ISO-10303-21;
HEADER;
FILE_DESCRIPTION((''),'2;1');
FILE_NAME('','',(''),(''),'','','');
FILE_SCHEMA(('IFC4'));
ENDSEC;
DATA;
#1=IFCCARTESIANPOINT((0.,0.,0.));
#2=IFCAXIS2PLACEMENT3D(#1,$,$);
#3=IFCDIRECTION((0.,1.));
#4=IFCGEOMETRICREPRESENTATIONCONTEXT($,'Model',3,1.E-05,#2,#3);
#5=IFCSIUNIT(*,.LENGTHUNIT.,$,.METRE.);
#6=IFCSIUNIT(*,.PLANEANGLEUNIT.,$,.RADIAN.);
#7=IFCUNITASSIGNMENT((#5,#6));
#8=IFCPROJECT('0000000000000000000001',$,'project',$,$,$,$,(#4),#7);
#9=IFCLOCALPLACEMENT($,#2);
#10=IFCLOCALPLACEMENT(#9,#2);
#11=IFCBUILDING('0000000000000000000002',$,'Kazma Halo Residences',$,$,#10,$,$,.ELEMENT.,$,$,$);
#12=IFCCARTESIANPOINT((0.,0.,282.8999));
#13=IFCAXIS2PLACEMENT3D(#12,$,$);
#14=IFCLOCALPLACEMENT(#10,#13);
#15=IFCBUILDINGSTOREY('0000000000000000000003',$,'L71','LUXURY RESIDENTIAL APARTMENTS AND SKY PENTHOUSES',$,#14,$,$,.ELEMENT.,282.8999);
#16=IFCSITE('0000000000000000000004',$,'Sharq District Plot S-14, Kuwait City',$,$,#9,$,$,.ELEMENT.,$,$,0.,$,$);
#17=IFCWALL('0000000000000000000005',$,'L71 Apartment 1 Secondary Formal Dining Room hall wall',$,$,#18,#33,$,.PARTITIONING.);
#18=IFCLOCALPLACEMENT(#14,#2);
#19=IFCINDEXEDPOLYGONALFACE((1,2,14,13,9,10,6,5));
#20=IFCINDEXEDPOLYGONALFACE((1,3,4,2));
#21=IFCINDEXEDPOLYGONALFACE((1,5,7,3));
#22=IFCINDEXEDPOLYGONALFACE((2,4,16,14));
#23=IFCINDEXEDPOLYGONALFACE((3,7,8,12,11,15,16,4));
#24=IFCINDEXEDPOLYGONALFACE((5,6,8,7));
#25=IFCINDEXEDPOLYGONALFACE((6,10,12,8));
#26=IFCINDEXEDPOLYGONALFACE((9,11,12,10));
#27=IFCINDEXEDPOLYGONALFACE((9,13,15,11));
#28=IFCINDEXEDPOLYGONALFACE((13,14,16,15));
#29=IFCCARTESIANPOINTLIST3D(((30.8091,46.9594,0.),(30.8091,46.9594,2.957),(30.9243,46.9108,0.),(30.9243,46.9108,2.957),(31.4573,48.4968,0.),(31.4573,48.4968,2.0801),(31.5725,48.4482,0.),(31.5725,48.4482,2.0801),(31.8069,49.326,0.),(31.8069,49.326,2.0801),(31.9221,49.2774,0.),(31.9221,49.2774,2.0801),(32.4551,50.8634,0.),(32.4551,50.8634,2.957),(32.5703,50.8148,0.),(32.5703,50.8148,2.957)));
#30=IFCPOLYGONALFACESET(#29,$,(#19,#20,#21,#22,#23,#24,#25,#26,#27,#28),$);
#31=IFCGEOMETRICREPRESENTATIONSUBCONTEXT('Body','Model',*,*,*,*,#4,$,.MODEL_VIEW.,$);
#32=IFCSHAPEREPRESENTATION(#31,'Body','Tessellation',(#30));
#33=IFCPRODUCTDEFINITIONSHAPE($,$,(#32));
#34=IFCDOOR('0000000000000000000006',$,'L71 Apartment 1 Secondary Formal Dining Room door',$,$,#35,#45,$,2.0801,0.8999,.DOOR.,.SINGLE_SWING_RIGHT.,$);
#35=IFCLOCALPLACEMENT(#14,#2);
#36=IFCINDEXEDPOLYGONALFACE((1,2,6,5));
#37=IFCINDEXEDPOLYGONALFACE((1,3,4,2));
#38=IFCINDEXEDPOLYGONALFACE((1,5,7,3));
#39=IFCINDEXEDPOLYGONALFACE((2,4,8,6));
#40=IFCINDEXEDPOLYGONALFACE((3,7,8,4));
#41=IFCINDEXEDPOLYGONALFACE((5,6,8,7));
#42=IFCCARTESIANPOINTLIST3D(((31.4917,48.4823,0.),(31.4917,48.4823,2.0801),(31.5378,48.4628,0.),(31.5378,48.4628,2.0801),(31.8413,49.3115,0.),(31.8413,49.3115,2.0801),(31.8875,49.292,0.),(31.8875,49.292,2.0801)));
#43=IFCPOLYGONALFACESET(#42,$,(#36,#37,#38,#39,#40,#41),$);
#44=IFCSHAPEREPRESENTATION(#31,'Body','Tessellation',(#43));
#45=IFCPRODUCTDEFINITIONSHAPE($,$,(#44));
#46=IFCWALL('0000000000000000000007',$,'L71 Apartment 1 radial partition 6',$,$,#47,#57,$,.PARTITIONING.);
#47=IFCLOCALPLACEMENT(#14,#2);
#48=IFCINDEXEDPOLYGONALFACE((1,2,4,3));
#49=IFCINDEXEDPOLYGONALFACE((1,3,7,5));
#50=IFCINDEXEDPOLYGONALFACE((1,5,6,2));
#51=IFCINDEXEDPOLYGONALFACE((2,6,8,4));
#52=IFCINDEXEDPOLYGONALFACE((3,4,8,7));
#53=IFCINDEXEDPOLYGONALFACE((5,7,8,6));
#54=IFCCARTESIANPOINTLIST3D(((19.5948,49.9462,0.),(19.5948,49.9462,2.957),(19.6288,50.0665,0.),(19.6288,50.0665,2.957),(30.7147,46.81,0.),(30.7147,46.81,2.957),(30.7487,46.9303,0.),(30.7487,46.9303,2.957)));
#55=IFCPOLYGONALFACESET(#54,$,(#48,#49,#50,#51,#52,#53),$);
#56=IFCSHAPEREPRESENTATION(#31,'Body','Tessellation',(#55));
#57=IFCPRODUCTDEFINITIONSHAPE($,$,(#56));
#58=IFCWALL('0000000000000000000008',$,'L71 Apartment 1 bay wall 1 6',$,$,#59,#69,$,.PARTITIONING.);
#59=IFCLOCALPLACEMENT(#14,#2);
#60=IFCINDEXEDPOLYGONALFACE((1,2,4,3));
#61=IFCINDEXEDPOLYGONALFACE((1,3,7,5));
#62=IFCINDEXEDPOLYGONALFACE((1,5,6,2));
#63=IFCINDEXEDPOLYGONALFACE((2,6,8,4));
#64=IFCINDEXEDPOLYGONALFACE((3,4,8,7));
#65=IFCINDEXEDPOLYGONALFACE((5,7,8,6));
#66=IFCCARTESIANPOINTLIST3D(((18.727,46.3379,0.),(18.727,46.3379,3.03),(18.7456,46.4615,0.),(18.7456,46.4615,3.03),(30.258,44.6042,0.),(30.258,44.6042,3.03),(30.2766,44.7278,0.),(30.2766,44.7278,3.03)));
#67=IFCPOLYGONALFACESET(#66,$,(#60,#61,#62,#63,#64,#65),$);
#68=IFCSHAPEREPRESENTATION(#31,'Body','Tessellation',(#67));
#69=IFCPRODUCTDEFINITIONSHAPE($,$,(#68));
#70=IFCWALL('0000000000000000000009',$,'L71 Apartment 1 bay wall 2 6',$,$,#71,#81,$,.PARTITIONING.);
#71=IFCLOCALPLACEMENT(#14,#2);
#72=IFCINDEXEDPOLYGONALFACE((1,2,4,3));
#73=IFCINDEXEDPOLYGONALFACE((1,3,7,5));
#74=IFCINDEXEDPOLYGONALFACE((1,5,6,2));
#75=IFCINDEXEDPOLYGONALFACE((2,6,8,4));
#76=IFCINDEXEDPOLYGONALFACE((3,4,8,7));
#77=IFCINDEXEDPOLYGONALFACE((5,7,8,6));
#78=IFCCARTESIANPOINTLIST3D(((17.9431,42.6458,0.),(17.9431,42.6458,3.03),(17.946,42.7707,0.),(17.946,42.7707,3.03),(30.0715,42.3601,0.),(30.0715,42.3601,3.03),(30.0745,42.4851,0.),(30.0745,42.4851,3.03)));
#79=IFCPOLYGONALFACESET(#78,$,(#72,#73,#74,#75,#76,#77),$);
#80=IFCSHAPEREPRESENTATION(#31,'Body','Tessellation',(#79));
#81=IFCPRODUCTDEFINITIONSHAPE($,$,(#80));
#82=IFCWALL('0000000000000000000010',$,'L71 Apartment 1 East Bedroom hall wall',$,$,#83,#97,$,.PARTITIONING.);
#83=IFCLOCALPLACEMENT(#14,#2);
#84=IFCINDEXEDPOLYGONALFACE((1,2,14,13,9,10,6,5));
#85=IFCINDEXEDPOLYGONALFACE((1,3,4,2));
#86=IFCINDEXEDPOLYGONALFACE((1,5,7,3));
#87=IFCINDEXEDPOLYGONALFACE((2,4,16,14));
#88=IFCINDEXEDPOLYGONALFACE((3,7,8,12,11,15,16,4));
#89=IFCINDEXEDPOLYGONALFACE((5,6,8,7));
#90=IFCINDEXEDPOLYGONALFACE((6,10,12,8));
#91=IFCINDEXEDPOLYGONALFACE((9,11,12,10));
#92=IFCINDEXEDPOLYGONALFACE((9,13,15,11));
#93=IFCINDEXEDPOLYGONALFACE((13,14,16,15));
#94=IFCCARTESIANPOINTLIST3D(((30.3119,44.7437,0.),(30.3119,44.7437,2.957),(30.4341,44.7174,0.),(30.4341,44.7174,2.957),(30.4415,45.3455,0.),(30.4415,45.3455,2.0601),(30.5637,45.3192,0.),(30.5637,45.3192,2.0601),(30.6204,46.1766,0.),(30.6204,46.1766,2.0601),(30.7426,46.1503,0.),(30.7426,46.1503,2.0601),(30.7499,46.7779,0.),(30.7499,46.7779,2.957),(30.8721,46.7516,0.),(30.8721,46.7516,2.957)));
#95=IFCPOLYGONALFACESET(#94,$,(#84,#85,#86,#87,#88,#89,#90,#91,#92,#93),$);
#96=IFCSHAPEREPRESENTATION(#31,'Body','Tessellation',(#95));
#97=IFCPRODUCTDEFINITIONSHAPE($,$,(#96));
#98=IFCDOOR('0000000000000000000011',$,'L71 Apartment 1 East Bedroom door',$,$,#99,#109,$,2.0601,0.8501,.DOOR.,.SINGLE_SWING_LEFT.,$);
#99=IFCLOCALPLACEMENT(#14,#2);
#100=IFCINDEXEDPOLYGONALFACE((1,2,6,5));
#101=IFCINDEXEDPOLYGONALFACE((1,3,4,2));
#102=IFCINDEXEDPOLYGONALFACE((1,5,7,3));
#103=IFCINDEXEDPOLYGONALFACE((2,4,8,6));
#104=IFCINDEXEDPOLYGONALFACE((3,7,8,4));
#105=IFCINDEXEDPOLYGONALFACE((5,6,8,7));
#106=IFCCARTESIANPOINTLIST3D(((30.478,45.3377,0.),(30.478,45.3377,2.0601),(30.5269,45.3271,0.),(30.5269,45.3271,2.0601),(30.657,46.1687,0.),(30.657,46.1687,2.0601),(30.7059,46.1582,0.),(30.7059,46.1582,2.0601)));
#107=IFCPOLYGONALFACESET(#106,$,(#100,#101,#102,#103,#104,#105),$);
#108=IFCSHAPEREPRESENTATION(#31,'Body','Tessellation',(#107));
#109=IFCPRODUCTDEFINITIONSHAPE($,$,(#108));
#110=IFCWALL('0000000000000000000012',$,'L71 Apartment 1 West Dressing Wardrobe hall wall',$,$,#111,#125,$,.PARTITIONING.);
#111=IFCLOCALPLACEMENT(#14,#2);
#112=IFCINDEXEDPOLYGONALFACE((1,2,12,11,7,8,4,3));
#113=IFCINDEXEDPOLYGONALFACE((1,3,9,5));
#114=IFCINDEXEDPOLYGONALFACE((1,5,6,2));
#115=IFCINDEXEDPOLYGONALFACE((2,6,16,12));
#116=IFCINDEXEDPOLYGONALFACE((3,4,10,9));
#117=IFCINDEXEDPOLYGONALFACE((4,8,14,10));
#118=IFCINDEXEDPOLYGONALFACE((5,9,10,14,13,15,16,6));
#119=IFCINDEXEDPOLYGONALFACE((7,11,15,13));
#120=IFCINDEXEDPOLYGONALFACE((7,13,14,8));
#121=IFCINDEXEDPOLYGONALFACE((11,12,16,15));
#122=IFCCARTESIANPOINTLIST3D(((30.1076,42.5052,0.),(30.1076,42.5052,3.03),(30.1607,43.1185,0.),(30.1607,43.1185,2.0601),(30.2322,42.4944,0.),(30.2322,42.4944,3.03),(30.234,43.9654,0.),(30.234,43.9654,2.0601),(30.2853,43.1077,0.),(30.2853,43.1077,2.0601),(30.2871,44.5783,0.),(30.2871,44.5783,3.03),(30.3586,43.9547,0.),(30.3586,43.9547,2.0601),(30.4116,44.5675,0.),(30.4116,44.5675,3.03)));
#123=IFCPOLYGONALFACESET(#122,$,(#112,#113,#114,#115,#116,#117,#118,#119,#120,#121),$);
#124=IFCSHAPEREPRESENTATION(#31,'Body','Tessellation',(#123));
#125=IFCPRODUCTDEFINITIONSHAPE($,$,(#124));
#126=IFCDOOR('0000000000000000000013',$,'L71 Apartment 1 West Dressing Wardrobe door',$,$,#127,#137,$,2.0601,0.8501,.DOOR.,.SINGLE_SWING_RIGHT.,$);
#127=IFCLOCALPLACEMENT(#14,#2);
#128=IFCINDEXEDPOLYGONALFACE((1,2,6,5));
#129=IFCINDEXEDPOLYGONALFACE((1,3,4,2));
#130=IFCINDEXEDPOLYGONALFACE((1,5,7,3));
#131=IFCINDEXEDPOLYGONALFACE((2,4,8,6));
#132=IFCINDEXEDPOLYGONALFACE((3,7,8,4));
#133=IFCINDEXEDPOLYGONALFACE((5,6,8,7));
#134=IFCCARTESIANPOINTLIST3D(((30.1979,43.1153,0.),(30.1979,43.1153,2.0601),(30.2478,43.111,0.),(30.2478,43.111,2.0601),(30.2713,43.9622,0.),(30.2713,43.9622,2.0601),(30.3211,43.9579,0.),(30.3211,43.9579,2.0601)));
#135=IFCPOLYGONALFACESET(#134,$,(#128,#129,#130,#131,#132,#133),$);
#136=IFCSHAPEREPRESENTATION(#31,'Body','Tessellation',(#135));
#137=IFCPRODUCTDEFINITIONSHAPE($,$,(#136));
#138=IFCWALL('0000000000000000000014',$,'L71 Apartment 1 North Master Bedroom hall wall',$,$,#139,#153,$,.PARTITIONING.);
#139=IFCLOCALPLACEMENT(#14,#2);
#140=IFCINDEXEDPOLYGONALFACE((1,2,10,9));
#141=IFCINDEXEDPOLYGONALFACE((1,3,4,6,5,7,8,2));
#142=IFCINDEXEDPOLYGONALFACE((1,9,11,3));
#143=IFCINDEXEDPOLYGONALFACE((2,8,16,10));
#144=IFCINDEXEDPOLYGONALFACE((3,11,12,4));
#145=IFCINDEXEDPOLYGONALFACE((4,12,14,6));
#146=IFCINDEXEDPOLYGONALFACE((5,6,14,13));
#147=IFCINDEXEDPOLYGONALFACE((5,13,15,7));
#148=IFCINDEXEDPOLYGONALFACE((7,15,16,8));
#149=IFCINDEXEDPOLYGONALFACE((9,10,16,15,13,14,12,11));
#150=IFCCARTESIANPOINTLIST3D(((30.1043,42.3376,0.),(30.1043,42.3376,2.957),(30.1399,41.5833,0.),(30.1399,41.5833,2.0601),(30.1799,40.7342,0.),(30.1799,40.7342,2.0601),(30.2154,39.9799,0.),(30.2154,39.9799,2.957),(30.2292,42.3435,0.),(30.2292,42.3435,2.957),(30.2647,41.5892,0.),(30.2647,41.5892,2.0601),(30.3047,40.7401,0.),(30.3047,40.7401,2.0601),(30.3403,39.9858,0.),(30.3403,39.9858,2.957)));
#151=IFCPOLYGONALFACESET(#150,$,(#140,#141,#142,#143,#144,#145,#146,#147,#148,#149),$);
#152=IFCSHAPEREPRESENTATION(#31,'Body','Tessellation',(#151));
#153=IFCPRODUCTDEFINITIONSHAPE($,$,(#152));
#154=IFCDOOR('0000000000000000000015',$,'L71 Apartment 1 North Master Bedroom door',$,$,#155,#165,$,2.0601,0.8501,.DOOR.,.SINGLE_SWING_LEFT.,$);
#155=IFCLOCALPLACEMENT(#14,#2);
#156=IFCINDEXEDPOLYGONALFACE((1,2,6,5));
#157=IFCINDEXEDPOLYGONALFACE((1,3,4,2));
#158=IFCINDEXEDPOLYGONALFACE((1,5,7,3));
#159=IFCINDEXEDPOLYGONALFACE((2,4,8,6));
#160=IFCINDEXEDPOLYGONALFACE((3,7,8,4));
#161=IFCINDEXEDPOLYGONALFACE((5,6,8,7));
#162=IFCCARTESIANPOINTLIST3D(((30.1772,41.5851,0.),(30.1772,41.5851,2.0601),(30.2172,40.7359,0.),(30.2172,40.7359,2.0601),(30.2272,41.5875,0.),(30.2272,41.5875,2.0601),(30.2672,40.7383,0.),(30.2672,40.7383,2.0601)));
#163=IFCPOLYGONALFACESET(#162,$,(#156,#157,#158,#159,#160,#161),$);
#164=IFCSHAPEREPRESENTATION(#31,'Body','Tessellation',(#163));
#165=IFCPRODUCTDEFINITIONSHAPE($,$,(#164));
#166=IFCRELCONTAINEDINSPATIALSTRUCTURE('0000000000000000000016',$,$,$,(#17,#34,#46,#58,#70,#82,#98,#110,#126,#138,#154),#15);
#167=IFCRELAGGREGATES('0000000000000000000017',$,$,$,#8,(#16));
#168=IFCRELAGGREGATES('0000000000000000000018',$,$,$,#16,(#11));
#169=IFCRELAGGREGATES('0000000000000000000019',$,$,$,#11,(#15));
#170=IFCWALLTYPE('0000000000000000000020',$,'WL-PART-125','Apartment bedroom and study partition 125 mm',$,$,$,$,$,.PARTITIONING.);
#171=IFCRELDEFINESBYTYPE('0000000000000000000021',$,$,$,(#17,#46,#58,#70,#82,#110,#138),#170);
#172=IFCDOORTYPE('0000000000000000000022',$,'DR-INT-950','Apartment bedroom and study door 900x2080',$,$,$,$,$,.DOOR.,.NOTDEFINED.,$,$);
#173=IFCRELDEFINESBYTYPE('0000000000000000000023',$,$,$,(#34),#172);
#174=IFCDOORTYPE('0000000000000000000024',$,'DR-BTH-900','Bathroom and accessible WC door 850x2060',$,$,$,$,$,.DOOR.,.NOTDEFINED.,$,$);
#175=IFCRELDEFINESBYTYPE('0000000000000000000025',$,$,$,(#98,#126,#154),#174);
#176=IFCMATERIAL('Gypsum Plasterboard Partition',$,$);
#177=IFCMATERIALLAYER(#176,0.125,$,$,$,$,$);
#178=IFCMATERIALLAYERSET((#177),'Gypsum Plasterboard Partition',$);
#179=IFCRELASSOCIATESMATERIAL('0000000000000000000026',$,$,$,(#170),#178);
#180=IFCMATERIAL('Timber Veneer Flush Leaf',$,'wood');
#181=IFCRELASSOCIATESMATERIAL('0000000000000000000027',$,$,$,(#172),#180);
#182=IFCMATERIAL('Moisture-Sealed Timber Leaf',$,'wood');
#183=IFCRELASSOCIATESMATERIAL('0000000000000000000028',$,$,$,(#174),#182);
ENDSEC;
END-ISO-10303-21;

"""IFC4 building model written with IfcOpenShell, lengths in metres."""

from ifc_helpers import new_model, si_unit, direction, frame, frame_2d, origin, place, context, subcontext, project, spatial, rectangle, extrude, material, layer, layer_set, type_object, element, fill, save


model = new_model("IFC4")

# Units and contexts
model_context = context("Model", 3, precision=1e-05, world=origin(), true_north=direction((0.0, 1.0)))
body_context = subcontext(model_context, "Body", "Model", "MODEL_VIEW")
ifc_project = project(units=[si_unit("LENGTHUNIT", "METRE"), si_unit("PLANEANGLEUNIT", "RADIAN")], contexts=[model_context])

# Site, building, storey
site_placement = place(None, origin())
site = spatial("IfcSite", under=ifc_project, at=site_placement, Name="Sharq District Plot S-14, Kuwait City", CompositionType="ELEMENT", RefElevation=0.0)
building_placement = place(site_placement, origin())
building = spatial("IfcBuilding", under=site, at=building_placement, Name="Kazma Halo Residences", CompositionType="ELEMENT")
storey_placement = place(building_placement, frame((0.0, 0.0, 282.8999)))
storey = spatial("IfcBuildingStorey", under=building, at=storey_placement, Name="L71", Description="LUXURY RESIDENTIAL APARTMENTS AND SKY PENTHOUSES", CompositionType="ELEMENT", Elevation=282.8999)

# Wall, opening, door
ifc_material_1 = material(Name="Gypsum Plasterboard Partition")
ifc_layer_1 = layer(ifc_material_1, 0.125)
ifc_layer_set_1 = layer_set([ifc_layer_1], Name="Gypsum Plasterboard Partition")
wall_type_1 = type_object("IfcWallType", Name="WL-PART-125", Description="Apartment bedroom and study partition 125 mm", PredefinedType="PARTITIONING", material=ifc_layer_set_1)
wall_1_placement = place(storey_placement, frame((32.5127, 50.8391, 0.0), z_axis=(0.0, 0.0, 1.0), x_axis=(-0.388495, -0.921451, 0.0)))
wall_1 = element("IfcWall", 1, at=wall_1_placement, inside=storey, type_object=wall_type_1, Name="L71 Apartment 1 Secondary Formal Dining Room hall wall", PredefinedType="PARTITIONING", context=body_context, shape_type="SweptSolid", body=[
    extrude(rectangle(XDim=4.2368, YDim=0.125, at=frame_2d((2.1184, 0.0))), origin(), (0.0, 0.0, 1.0), 2.957),
])
opening_1_placement = place(wall_1_placement, frame((1.6685, 0.0, 0.0)))
opening_1 = element("IfcOpeningElement", 2, at=opening_1_placement, cuts=wall_1, PredefinedType="OPENING", context=body_context, shape_type="SweptSolid", body=[
    extrude(rectangle(XDim=0.8999, YDim=2.0801, at=frame_2d((0.45, 1.04))), frame((0.0, 0.0725, 0.0), z_axis=(0.0, -1.0, 0.0), x_axis=(1.0, 0.0, 0.0)), (0.0, 0.0, 1.0), 0.145),
])
ifc_material_2 = material(Name="Timber Veneer Flush Leaf", Category="wood")
door_type_1 = type_object("IfcDoorType", Name="DR-INT-950", Description="Apartment bedroom and study door 900x2080", OperationType="NOTDEFINED", PredefinedType="DOOR", material=ifc_material_2)
door_1_placement = place(opening_1_placement, origin())
door_1 = element("IfcDoor", 3, at=door_1_placement, inside=storey, type_object=door_type_1, Name="L71 Apartment 1 Secondary Formal Dining Room door", OperationType="SINGLE_SWING_RIGHT", OverallHeight=2.0801, OverallWidth=0.8999, PredefinedType="DOOR", context=body_context, shape_type="SweptSolid", body=[
    extrude(rectangle(XDim=0.8999, YDim=2.0801, at=frame_2d((0.45, 1.04))), frame((0.0, 0.0249, 0.0), z_axis=(0.0, -1.0, 0.0), x_axis=(1.0, 0.0, 0.0)), (0.0, 0.0, 1.0), 0.05),
])
fill(opening_1, door_1)

# Walls
wall_2_placement = place(storey_placement, frame((30.7317, 46.8701, 0.0), z_axis=(0.0, 0.0, 1.0), x_axis=(-0.962453, 0.271449, 0.0)))
element("IfcWall", 4, at=wall_2_placement, inside=storey, type_object=wall_type_1, Name="L71 Apartment 1 radial partition 6", PredefinedType="PARTITIONING", context=body_context, shape_type="SweptSolid", body=[
    extrude(rectangle(XDim=11.5537, YDim=0.125, at=frame_2d((5.7769, 0.0))), origin(), (0.0, 0.0, 1.0), 2.957),
])
wall_3_placement = place(storey_placement, frame((30.2673, 44.666, 0.0), z_axis=(0.0, 0.0, 1.0), x_axis=(-0.988886, 0.148675, 0.0)))
element("IfcWall", 5, at=wall_3_placement, inside=storey, type_object=wall_type_1, Name="L71 Apartment 1 bay wall 1 6", PredefinedType="PARTITIONING", context=body_context, shape_type="SweptSolid", body=[
    extrude(rectangle(XDim=11.6606, YDim=0.125, at=frame_2d((5.8303, 0.0))), origin(), (0.0, 0.0, 1.0), 3.03),
])
wall_4_placement = place(storey_placement, frame((30.073, 42.4226, 0.0), z_axis=(0.0, 0.0, 1.0), x_axis=(-0.999723, 0.023545, 0.0)))
element("IfcWall", 6, at=wall_4_placement, inside=storey, type_object=wall_type_1, Name="L71 Apartment 1 bay wall 2 6", PredefinedType="PARTITIONING", context=body_context, shape_type="SweptSolid", body=[
    extrude(rectangle(XDim=12.1318, YDim=0.125, at=frame_2d((6.0659, 0.0))), origin(), (0.0, 0.0, 1.0), 3.03),
])

# Walls, openings, doors
wall_5_placement = place(storey_placement, frame((30.811, 46.7649, 0.0), z_axis=(0.0, 0.0, 1.0), x_axis=(-0.210491, -0.977596, 0.0)))
wall_5 = element("IfcWall", 7, at=wall_5_placement, inside=storey, type_object=wall_type_1, Name="L71 Apartment 1 East Bedroom hall wall", PredefinedType="PARTITIONING", context=body_context, shape_type="SweptSolid", body=[
    extrude(rectangle(XDim=2.0808, YDim=0.125, at=frame_2d((1.0405, 0.0))), origin(), (0.0, 0.0, 1.0), 2.957),
])
opening_2_placement = place(wall_5_placement, frame((0.6152, 0.0, 0.0)))
opening_2 = element("IfcOpeningElement", 8, at=opening_2_placement, cuts=wall_5, PredefinedType="OPENING", context=body_context, shape_type="SweptSolid", body=[
    extrude(rectangle(XDim=0.8501, YDim=2.0601, at=frame_2d((0.425, 1.03))), frame((0.0, 0.0725, 0.0), z_axis=(0.0, -1.0, 0.0), x_axis=(1.0, 0.0, 0.0)), (0.0, 0.0, 1.0), 0.145),
])
ifc_material_3 = material(Name="Moisture-Sealed Timber Leaf", Category="wood")
door_type_2 = type_object("IfcDoorType", Name="DR-BTH-900", Description="Bathroom and accessible WC door 850x2060", OperationType="NOTDEFINED", PredefinedType="DOOR", material=ifc_material_3)
door_2_placement = place(opening_2_placement, origin())
door_2 = element("IfcDoor", 9, at=door_2_placement, inside=storey, type_object=door_type_2, Name="L71 Apartment 1 East Bedroom door", OperationType="SINGLE_SWING_LEFT", OverallHeight=2.0601, OverallWidth=0.8501, PredefinedType="DOOR", context=body_context, shape_type="SweptSolid", body=[
    extrude(rectangle(XDim=0.8501, YDim=2.0601, at=frame_2d((0.425, 1.03))), frame((0.0, 0.0249, 0.0), z_axis=(0.0, -1.0, 0.0), x_axis=(1.0, 0.0, 0.0)), (0.0, 0.0, 1.0), 0.05),
])
fill(opening_2, door_2)
wall_6_placement = place(storey_placement, frame((30.3494, 44.573, 0.0), z_axis=(0.0, 0.0, 1.0), x_axis=(-0.08624, -0.996274, 0.0)))
wall_6 = element("IfcWall", 10, at=wall_6_placement, inside=storey, type_object=wall_type_1, Name="L71 Apartment 1 West Dressing Wardrobe hall wall", PredefinedType="PARTITIONING", context=body_context, shape_type="SweptSolid", body=[
    extrude(rectangle(XDim=2.0808, YDim=0.125, at=frame_2d((1.0405, 0.0))), origin(), (0.0, 0.0, 1.0), 3.03),
])
opening_3_placement = place(wall_6_placement, frame((0.6152, 0.0, 0.0)))
opening_3 = element("IfcOpeningElement", 11, at=opening_3_placement, cuts=wall_6, PredefinedType="OPENING", context=body_context, shape_type="SweptSolid", body=[
    extrude(rectangle(XDim=0.8501, YDim=2.0601, at=frame_2d((0.425, 1.03))), frame((0.0, 0.0725, 0.0), z_axis=(0.0, -1.0, 0.0), x_axis=(1.0, 0.0, 0.0)), (0.0, 0.0, 1.0), 0.145),
])
door_3_placement = place(opening_3_placement, origin())
door_3 = element("IfcDoor", 12, at=door_3_placement, inside=storey, type_object=door_type_2, Name="L71 Apartment 1 West Dressing Wardrobe door", OperationType="SINGLE_SWING_RIGHT", OverallHeight=2.0601, OverallWidth=0.8501, PredefinedType="DOOR", context=body_context, shape_type="SweptSolid", body=[
    extrude(rectangle(XDim=0.8501, YDim=2.0601, at=frame_2d((0.425, 1.03))), frame((0.0, 0.0249, 0.0), z_axis=(0.0, -1.0, 0.0), x_axis=(1.0, 0.0, 0.0)), (0.0, 0.0, 1.0), 0.05),
])
fill(opening_3, door_3)
wall_7_placement = place(storey_placement, frame((30.1667, 42.3406, 0.0), z_axis=(0.0, 0.0, 1.0), x_axis=(0.047064, -0.998892, 0.0)))
wall_7 = element("IfcWall", 13, at=wall_7_placement, inside=storey, type_object=wall_type_1, Name="L71 Apartment 1 North Master Bedroom hall wall", PredefinedType="PARTITIONING", context=body_context, shape_type="SweptSolid", body=[
    extrude(rectangle(XDim=2.3604, YDim=0.125, at=frame_2d((1.1802, 0.0))), origin(), (0.0, 0.0, 1.0), 2.957),
])
opening_4_placement = place(wall_7_placement, frame((0.7551, 0.0, 0.0)))
opening_4 = element("IfcOpeningElement", 14, at=opening_4_placement, cuts=wall_7, PredefinedType="OPENING", context=body_context, shape_type="SweptSolid", body=[
    extrude(rectangle(XDim=0.8501, YDim=2.0601, at=frame_2d((0.425, 1.03))), frame((0.0, 0.0725, 0.0), z_axis=(0.0, -1.0, 0.0), x_axis=(1.0, 0.0, 0.0)), (0.0, 0.0, 1.0), 0.145),
])
door_4_placement = place(opening_4_placement, origin())
door_4 = element("IfcDoor", 15, at=door_4_placement, inside=storey, type_object=door_type_2, Name="L71 Apartment 1 North Master Bedroom door", OperationType="SINGLE_SWING_LEFT", OverallHeight=2.0601, OverallWidth=0.8501, PredefinedType="DOOR", context=body_context, shape_type="SweptSolid", body=[
    extrude(rectangle(XDim=0.8501, YDim=2.0601, at=frame_2d((0.425, 1.03))), frame((0.0, 0.0249, 0.0), z_axis=(0.0, -1.0, 0.0), x_axis=(1.0, 0.0, 0.0)), (0.0, 0.0, 1.0), 0.05),
])
fill(opening_4, door_4)

save(model, "model.ifc")
